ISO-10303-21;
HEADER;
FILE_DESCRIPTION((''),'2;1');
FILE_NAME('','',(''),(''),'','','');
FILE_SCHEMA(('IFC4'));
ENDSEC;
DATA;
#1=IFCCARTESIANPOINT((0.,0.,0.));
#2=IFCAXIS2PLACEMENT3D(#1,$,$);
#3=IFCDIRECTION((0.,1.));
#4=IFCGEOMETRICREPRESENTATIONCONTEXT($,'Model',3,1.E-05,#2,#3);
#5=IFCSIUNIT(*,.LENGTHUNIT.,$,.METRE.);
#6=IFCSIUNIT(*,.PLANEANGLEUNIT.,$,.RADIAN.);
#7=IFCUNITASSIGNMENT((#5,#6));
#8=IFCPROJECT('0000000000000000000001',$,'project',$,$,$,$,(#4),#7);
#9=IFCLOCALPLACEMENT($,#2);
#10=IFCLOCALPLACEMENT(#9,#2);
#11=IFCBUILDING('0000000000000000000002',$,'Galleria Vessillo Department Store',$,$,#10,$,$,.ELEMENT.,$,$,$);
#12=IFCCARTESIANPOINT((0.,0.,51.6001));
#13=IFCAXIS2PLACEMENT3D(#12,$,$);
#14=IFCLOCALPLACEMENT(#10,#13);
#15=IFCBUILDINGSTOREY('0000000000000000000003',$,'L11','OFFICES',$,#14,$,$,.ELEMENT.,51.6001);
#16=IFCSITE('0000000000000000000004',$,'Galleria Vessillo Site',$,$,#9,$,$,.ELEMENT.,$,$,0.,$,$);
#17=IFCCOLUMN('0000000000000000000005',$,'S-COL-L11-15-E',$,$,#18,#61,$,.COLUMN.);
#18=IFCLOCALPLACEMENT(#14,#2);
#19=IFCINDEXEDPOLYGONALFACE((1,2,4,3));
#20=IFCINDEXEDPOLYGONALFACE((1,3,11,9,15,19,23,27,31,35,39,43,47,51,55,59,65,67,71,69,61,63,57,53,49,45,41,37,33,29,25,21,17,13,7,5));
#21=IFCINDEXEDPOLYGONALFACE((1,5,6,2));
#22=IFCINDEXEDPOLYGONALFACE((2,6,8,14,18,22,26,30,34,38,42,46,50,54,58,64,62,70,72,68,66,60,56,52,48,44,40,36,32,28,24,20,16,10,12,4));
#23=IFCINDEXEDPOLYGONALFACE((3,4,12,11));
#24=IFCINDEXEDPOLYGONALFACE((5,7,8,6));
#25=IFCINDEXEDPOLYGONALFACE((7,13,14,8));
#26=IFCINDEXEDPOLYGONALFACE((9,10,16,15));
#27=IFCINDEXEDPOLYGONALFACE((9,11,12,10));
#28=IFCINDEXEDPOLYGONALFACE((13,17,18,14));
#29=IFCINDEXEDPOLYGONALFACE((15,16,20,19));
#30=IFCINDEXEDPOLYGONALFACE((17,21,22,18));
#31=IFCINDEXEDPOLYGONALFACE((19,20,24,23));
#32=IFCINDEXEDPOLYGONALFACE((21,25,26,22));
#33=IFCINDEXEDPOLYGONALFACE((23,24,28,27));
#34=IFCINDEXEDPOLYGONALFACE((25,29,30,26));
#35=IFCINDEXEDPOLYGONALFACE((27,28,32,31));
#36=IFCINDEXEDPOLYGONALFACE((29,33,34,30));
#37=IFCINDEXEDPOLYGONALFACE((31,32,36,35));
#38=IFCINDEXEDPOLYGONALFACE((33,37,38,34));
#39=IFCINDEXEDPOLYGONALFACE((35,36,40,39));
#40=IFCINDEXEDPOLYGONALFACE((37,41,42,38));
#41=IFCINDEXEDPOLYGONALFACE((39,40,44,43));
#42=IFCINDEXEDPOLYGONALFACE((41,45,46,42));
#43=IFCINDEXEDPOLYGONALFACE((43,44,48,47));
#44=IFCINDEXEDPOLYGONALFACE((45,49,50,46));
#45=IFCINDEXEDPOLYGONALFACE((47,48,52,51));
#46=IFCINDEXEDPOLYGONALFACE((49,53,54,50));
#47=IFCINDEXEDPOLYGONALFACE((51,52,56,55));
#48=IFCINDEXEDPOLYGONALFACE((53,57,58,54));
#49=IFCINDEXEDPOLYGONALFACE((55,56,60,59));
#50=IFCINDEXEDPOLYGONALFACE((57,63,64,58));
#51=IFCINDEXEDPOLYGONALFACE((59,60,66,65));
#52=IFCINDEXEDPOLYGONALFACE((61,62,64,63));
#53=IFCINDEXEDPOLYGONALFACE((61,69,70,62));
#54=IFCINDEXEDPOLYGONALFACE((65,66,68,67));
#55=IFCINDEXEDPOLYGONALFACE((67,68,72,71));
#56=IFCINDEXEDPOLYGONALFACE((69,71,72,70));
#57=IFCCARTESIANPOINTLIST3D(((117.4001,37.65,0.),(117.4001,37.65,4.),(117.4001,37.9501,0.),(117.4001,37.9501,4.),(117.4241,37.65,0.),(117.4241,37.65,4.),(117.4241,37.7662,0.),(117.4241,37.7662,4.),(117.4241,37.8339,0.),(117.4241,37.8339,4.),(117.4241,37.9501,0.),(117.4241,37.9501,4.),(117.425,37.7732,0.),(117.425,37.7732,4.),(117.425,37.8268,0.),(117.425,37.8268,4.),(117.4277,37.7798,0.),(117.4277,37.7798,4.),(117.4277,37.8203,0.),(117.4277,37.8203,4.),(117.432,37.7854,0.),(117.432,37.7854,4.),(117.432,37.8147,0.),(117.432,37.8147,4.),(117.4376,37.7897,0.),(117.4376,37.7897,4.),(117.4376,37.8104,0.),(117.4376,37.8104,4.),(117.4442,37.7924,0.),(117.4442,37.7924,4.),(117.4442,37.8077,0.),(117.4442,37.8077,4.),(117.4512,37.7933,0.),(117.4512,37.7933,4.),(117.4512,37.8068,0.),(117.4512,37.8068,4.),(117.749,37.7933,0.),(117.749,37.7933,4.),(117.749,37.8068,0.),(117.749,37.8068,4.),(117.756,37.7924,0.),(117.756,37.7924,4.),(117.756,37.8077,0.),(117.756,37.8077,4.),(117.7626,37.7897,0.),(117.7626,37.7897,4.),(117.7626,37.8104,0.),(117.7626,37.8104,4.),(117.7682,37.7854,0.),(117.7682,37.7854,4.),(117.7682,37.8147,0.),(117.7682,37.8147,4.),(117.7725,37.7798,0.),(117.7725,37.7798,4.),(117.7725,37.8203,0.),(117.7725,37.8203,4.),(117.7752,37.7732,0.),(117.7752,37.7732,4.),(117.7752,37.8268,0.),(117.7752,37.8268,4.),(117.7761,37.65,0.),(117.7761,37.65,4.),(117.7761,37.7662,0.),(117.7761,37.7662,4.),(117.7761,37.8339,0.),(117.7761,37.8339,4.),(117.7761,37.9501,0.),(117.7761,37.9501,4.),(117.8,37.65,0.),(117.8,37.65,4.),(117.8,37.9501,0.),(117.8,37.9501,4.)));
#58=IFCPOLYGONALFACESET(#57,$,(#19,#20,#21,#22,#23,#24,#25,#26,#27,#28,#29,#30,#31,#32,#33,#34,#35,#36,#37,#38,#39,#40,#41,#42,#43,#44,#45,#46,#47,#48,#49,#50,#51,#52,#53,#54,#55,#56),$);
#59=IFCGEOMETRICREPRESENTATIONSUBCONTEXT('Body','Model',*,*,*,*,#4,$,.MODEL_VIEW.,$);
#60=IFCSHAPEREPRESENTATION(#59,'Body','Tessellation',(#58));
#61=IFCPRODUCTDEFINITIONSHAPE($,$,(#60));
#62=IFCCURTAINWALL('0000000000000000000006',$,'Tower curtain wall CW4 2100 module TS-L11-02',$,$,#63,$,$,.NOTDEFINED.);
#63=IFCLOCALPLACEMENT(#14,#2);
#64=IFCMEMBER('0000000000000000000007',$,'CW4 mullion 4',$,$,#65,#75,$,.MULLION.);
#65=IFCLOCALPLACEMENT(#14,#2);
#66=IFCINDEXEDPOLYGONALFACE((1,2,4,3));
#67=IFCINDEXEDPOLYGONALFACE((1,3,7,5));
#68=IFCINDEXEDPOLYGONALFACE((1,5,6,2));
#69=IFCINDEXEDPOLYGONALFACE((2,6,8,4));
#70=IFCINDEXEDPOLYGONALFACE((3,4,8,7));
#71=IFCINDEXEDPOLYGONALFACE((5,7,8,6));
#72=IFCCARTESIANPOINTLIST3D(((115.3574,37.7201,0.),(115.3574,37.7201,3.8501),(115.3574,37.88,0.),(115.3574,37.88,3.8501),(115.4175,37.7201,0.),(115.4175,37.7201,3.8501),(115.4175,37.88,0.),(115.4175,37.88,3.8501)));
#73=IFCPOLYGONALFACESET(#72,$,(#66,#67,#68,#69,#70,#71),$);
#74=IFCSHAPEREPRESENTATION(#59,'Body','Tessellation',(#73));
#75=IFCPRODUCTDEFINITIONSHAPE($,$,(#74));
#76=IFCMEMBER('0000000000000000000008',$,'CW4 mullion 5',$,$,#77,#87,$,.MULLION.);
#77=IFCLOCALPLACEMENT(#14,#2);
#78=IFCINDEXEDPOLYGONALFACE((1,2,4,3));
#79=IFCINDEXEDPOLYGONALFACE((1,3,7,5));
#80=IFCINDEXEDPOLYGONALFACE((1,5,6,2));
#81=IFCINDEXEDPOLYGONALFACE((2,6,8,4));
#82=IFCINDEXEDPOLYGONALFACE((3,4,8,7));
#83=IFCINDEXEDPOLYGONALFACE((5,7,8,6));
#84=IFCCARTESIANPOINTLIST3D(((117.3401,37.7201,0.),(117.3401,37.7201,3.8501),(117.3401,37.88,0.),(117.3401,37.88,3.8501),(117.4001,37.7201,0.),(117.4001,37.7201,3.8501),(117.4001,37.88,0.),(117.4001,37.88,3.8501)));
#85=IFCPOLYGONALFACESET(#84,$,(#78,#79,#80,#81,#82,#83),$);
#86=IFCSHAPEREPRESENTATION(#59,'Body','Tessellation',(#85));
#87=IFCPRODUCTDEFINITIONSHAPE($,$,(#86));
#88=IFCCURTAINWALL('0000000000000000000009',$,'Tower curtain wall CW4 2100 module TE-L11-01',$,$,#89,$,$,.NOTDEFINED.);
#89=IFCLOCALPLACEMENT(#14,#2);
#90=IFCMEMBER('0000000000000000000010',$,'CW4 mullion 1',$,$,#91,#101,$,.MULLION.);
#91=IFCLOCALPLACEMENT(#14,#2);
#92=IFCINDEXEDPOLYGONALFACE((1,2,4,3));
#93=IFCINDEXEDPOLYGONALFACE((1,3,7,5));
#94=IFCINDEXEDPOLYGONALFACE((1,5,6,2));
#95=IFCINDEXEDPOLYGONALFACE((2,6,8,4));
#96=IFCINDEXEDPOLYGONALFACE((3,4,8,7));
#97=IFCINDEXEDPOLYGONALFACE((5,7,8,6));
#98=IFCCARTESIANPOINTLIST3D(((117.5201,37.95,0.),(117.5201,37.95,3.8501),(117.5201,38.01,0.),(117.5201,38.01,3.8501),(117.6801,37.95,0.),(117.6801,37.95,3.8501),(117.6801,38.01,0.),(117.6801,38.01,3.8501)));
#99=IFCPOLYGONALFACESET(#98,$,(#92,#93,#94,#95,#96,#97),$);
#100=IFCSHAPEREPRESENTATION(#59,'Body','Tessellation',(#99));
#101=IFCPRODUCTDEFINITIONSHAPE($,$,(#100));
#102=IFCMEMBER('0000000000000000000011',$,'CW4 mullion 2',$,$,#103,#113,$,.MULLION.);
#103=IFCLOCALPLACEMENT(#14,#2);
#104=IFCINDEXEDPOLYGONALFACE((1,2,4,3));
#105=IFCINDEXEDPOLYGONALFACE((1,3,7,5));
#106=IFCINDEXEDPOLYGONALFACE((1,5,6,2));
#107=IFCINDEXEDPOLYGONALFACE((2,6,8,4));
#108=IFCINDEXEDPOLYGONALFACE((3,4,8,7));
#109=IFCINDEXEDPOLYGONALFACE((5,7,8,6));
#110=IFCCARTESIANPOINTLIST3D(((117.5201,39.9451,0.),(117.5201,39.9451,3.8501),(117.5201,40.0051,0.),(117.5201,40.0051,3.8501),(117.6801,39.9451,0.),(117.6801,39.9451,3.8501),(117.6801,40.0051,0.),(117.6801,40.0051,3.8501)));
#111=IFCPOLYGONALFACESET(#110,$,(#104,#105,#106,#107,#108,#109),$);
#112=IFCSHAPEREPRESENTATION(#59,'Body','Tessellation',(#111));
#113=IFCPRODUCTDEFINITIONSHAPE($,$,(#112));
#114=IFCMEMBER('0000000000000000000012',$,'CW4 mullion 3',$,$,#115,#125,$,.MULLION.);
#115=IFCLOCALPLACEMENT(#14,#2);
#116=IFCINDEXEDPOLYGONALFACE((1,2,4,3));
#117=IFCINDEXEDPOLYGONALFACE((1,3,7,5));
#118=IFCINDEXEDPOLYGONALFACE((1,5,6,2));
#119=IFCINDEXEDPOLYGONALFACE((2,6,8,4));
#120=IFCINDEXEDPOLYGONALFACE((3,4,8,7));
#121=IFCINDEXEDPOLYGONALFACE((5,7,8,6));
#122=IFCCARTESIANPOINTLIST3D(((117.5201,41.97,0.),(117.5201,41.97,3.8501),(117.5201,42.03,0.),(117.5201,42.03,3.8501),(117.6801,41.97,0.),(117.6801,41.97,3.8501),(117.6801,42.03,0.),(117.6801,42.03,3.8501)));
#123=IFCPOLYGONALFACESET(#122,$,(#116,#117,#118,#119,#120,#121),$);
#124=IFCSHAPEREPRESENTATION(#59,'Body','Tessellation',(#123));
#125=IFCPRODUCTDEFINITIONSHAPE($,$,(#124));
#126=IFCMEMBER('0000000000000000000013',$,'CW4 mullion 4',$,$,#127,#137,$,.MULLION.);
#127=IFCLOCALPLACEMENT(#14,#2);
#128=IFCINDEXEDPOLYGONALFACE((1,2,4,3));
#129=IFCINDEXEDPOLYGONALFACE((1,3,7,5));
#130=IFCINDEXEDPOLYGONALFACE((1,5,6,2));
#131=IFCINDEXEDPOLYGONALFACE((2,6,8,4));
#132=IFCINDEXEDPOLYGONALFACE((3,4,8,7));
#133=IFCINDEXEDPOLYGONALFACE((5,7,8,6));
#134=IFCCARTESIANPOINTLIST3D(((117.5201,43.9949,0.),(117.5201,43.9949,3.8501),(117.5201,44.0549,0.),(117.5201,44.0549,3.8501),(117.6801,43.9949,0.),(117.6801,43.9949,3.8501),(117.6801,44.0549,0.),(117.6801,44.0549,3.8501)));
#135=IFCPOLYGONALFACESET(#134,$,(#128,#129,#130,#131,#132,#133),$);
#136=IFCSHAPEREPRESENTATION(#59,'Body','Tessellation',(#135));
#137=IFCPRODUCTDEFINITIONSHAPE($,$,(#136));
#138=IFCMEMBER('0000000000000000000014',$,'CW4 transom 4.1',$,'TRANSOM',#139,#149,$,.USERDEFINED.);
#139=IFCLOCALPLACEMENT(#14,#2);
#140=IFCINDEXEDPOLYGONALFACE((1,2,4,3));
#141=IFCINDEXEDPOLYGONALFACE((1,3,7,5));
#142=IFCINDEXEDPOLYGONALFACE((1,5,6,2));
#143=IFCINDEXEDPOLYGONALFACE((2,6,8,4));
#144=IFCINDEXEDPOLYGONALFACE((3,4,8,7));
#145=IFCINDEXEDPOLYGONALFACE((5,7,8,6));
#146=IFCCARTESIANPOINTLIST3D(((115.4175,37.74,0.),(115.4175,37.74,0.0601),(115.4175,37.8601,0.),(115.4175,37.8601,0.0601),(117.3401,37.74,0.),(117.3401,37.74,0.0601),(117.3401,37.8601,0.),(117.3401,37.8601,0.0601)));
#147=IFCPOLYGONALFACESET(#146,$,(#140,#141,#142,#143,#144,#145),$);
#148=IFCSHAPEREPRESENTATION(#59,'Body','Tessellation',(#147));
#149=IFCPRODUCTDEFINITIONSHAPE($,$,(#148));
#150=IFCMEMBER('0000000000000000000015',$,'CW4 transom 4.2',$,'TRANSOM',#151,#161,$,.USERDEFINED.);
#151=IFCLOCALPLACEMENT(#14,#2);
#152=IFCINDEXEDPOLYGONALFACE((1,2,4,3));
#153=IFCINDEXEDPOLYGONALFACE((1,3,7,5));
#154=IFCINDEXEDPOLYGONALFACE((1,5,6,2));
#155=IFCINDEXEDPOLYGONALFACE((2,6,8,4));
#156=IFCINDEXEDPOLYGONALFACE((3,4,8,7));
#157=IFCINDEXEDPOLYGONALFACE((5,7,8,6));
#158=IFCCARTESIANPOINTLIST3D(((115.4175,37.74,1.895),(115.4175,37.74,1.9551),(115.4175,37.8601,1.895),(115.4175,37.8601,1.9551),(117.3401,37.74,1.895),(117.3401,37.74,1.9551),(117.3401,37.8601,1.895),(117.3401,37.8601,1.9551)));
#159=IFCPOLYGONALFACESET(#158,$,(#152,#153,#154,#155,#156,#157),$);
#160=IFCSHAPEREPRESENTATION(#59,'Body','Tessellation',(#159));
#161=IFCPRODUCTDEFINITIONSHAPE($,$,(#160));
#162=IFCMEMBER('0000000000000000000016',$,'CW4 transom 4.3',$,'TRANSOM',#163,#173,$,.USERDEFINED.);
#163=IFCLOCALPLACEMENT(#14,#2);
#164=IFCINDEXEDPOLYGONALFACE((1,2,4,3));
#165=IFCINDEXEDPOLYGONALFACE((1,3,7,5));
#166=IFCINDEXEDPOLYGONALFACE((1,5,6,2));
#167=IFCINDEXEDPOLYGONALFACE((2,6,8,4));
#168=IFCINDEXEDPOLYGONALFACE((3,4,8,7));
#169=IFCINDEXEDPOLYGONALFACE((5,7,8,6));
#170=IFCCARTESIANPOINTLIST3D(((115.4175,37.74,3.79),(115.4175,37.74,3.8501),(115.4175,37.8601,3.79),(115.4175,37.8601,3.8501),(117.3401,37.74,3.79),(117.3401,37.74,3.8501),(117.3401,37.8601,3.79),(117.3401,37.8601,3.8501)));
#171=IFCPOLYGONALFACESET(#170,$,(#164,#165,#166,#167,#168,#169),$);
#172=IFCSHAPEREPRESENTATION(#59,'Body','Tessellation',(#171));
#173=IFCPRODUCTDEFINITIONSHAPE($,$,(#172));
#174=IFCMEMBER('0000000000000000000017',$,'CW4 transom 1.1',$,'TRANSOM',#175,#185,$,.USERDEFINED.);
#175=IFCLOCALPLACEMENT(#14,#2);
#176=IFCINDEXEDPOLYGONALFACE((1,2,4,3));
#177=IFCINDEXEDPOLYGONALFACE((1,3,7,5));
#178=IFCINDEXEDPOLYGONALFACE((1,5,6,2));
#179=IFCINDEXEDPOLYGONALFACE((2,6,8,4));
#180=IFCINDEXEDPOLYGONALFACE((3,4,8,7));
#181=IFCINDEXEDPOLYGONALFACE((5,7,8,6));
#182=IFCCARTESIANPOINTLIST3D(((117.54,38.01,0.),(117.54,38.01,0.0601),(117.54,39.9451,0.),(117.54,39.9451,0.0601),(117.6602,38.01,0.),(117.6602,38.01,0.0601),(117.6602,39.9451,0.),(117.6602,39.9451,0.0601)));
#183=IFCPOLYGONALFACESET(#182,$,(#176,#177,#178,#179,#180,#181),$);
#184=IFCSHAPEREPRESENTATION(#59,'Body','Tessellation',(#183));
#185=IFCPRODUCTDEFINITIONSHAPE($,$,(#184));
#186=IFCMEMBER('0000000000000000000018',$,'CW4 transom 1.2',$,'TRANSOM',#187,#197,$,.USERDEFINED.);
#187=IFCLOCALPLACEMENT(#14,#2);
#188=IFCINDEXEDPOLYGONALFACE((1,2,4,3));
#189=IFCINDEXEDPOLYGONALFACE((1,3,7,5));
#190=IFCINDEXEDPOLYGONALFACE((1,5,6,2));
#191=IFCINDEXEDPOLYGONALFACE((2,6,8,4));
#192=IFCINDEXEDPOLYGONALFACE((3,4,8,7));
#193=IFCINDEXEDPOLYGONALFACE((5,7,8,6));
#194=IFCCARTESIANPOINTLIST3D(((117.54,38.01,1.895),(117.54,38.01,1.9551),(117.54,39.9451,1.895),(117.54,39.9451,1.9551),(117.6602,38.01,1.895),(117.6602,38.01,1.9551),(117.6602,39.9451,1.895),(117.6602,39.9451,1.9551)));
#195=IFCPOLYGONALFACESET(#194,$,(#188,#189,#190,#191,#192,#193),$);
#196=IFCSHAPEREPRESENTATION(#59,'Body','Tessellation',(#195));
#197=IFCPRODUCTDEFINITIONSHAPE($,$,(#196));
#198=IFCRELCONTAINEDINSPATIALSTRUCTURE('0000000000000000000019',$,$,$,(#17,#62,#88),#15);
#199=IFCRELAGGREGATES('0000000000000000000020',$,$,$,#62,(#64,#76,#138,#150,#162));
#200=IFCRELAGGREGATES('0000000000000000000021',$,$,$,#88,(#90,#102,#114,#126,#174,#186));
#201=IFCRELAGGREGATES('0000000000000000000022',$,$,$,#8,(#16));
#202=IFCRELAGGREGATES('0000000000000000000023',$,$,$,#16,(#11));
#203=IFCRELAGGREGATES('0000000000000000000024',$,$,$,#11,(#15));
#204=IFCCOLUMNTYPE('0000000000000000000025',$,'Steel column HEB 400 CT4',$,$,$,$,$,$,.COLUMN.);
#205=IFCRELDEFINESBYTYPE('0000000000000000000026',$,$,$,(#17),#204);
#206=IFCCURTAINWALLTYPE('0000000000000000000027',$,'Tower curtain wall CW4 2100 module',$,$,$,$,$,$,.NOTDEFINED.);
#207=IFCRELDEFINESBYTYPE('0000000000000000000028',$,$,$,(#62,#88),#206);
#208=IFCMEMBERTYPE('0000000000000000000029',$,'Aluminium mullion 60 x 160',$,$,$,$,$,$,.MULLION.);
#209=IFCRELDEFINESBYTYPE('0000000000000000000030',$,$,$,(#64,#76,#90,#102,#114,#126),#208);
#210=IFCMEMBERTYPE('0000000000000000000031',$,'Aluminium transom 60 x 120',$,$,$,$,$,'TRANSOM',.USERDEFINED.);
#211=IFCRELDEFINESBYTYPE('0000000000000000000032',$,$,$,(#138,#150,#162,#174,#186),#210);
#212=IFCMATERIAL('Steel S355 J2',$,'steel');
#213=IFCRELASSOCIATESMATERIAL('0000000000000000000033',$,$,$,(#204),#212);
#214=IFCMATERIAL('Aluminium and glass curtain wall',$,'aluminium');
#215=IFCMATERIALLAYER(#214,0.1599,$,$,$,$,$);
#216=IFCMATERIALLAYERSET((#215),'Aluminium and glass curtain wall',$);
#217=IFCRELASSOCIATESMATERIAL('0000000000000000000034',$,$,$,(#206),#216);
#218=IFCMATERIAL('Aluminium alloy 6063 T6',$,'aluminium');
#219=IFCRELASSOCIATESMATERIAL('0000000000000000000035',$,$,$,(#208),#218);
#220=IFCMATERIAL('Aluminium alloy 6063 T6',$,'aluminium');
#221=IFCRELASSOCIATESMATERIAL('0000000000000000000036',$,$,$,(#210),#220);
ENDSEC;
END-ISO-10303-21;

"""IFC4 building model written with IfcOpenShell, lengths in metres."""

from ifc_helpers import new_model, si_unit, direction, frame, origin, origin_2d, place, context, subcontext, project, spatial, rectangle, i_section, extrude, material, layer, layer_set, material_profile, profile_set, type_object, element, aggregate, save


model = new_model("IFC4")

# Units and contexts
model_context = context("Model", 3, precision=1e-05, world=origin(), true_north=direction((0.0, 1.0)))
body_context = subcontext(model_context, "Body", "Model", "MODEL_VIEW")
ifc_project = project(units=[si_unit("LENGTHUNIT", "METRE"), si_unit("PLANEANGLEUNIT", "RADIAN")], contexts=[model_context])

# Site, building, storey
site_placement = place(None, origin())
site = spatial("IfcSite", under=ifc_project, at=site_placement, Name="Galleria Vessillo Site", CompositionType="ELEMENT", RefElevation=0.0)
building_placement = place(site_placement, origin())
building = spatial("IfcBuilding", under=site, at=building_placement, Name="Galleria Vessillo Department Store", CompositionType="ELEMENT")
storey_placement = place(building_placement, frame((0.0, 0.0, 51.6001)))
storey = spatial("IfcBuildingStorey", under=building, at=storey_placement, Name="L11", Description="OFFICES", CompositionType="ELEMENT", Elevation=51.6001)

# Column
ifc_material_1 = material(Name="Steel S355 J2", Category="steel")
ifc_material_profile_1 = material_profile(ifc_material_1, i_section(OverallWidth=0.3, OverallDepth=0.3999, WebThickness=0.0134, FlangeThickness=0.0239, FilletRadius=0.0271, at=origin_2d()), Name="HEB 400")
ifc_profile_set_1 = profile_set([ifc_material_profile_1], Name="Steel S355 J2")
column_type = type_object("IfcColumnType", Name="Steel column HEB 400 CT4", PredefinedType="COLUMN", material=ifc_profile_set_1)
column_placement = place(storey_placement, frame((117.6001, 37.8, 0.0), z_axis=(0.0, 0.0, 1.0), x_axis=(0.0, 1.0, 0.0)))
element("IfcColumn", 1, at=column_placement, inside=storey, type_object=column_type, Name="S-COL-L11-15-E", PredefinedType="COLUMN", context=body_context, shape_type="SweptSolid", body=[
    extrude(i_section(OverallWidth=0.3, OverallDepth=0.3999, WebThickness=0.0134, FlangeThickness=0.0239, FilletRadius=0.0271, at=origin_2d()), origin(), (0.0, 0.0, 1.0), 4.0),
])

# Curtain walls, members
ifc_material_2 = material(Name="Aluminium and glass curtain wall", Category="aluminium")
ifc_layer_1 = layer(ifc_material_2, 0.1599)
ifc_layer_set_1 = layer_set([ifc_layer_1], Name="Aluminium and glass curtain wall")
curtain_wall_type = type_object("IfcCurtainWallType", Name="Tower curtain wall CW4 2100 module", PredefinedType="NOTDEFINED", material=ifc_layer_set_1)
curtain_wall_1_placement = place(storey_placement, origin())
curtain_wall_1 = element("IfcCurtainWall", 2, at=curtain_wall_1_placement, inside=storey, type_object=curtain_wall_type, Name="Tower curtain wall CW4 2100 module TS-L11-02", PredefinedType="NOTDEFINED")
ifc_material_3 = material(Name="Aluminium alloy 6063 T6", Category="aluminium")
ifc_material_profile_2 = material_profile(ifc_material_3, rectangle(XDim=0.1599, YDim=0.0601, at=origin_2d()), Name="AL 60x160")
ifc_profile_set_2 = profile_set([ifc_material_profile_2], Name="Aluminium alloy 6063 T6")
member_type_1 = type_object("IfcMemberType", Name="Aluminium mullion 60 x 160", PredefinedType="MULLION", material=ifc_profile_set_2)
member_1_placement = place(storey_placement, frame((115.3875, 37.8, 0.0), z_axis=(0.0, 0.0, 1.0), x_axis=(0.0, 1.0, 0.0)))
member_1 = element("IfcMember", 3, at=member_1_placement, type_object=member_type_1, Name="CW4 mullion 4", PredefinedType="MULLION", context=body_context, shape_type="SweptSolid", body=[
    extrude(rectangle(XDim=0.1599, YDim=0.0601, at=origin_2d()), origin(), (0.0, 0.0, 1.0), 3.8501),
])
member_2_placement = place(storey_placement, frame((117.3701, 37.8, 0.0), z_axis=(0.0, 0.0, 1.0), x_axis=(0.0, 1.0, 0.0)))
member_2 = element("IfcMember", 4, at=member_2_placement, type_object=member_type_1, Name="CW4 mullion 5", PredefinedType="MULLION", context=body_context, shape_type="SweptSolid", body=[
    extrude(rectangle(XDim=0.1599, YDim=0.0601, at=origin_2d()), origin(), (0.0, 0.0, 1.0), 3.8501),
])
curtain_wall_2_placement = place(storey_placement, origin())
curtain_wall_2 = element("IfcCurtainWall", 5, at=curtain_wall_2_placement, inside=storey, type_object=curtain_wall_type, Name="Tower curtain wall CW4 2100 module TE-L11-01", PredefinedType="NOTDEFINED")
member_3_placement = place(storey_placement, frame((117.6001, 37.98, 0.0), z_axis=(0.0, 0.0, 1.0), x_axis=(-1.0, 0.0, 0.0)))
member_3 = element("IfcMember", 6, at=member_3_placement, type_object=member_type_1, Name="CW4 mullion 1", PredefinedType="MULLION", context=body_context, shape_type="SweptSolid", body=[
    extrude(rectangle(XDim=0.1599, YDim=0.0601, at=origin_2d()), origin(), (0.0, 0.0, 1.0), 3.8501),
])
member_4_placement = place(storey_placement, frame((117.6001, 39.9751, 0.0), z_axis=(0.0, 0.0, 1.0), x_axis=(-1.0, 0.0, 0.0)))
member_4 = element("IfcMember", 7, at=member_4_placement, type_object=member_type_1, Name="CW4 mullion 2", PredefinedType="MULLION", context=body_context, shape_type="SweptSolid", body=[
    extrude(rectangle(XDim=0.1599, YDim=0.0601, at=origin_2d()), origin(), (0.0, 0.0, 1.0), 3.8501),
])
member_5_placement = place(storey_placement, frame((117.6001, 42.0, 0.0), z_axis=(0.0, 0.0, 1.0), x_axis=(-1.0, 0.0, 0.0)))
member_5 = element("IfcMember", 8, at=member_5_placement, type_object=member_type_1, Name="CW4 mullion 3", PredefinedType="MULLION", context=body_context, shape_type="SweptSolid", body=[
    extrude(rectangle(XDim=0.1599, YDim=0.0601, at=origin_2d()), origin(), (0.0, 0.0, 1.0), 3.8501),
])
member_6_placement = place(storey_placement, frame((117.6001, 44.0249, 0.0), z_axis=(0.0, 0.0, 1.0), x_axis=(-1.0, 0.0, 0.0)))
member_6 = element("IfcMember", 9, at=member_6_placement, type_object=member_type_1, Name="CW4 mullion 4", PredefinedType="MULLION", context=body_context, shape_type="SweptSolid", body=[
    extrude(rectangle(XDim=0.1599, YDim=0.0601, at=origin_2d()), origin(), (0.0, 0.0, 1.0), 3.8501),
])

# Members
ifc_material_4 = material(Name="Aluminium alloy 6063 T6", Category="aluminium")
ifc_material_profile_3 = material_profile(ifc_material_4, rectangle(XDim=0.1201, YDim=0.0601, at=origin_2d()), Name="AL 60x120")
ifc_profile_set_3 = profile_set([ifc_material_profile_3], Name="Aluminium alloy 6063 T6")
member_type_2 = type_object("IfcMemberType", Name="Aluminium transom 60 x 120", ElementType="TRANSOM", PredefinedType="USERDEFINED", material=ifc_profile_set_3)
member_7_placement = place(storey_placement, frame((115.4175, 37.8, 0.03), z_axis=(1.0, 0.0, 0.0), x_axis=(0.0, 1.0, 0.0)))
member_7 = element("IfcMember", 10, at=member_7_placement, type_object=member_type_2, Name="CW4 transom 4.1", ObjectType="TRANSOM", PredefinedType="USERDEFINED", context=body_context, shape_type="SweptSolid", body=[
    extrude(rectangle(XDim=0.1201, YDim=0.0601, at=origin_2d()), origin(), (0.0, 0.0, 1.0), 1.9226),
])
member_8_placement = place(storey_placement, frame((115.4175, 37.8, 1.925), z_axis=(1.0, 0.0, 0.0), x_axis=(0.0, 1.0, 0.0)))
member_8 = element("IfcMember", 11, at=member_8_placement, type_object=member_type_2, Name="CW4 transom 4.2", ObjectType="TRANSOM", PredefinedType="USERDEFINED", context=body_context, shape_type="SweptSolid", body=[
    extrude(rectangle(XDim=0.1201, YDim=0.0601, at=origin_2d()), origin(), (0.0, 0.0, 1.0), 1.9226),
])
member_9_placement = place(storey_placement, frame((115.4175, 37.8, 3.8201), z_axis=(1.0, 0.0, 0.0), x_axis=(0.0, 1.0, 0.0)))
member_9 = element("IfcMember", 12, at=member_9_placement, type_object=member_type_2, Name="CW4 transom 4.3", ObjectType="TRANSOM", PredefinedType="USERDEFINED", context=body_context, shape_type="SweptSolid", body=[
    extrude(rectangle(XDim=0.1201, YDim=0.0601, at=origin_2d()), origin(), (0.0, 0.0, 1.0), 1.9226),
])
member_10_placement = place(storey_placement, frame((117.6001, 38.01, 0.03), z_axis=(0.0, 1.0, 0.0), x_axis=(-1.0, 0.0, 0.0)))
member_10 = element("IfcMember", 13, at=member_10_placement, type_object=member_type_2, Name="CW4 transom 1.1", ObjectType="TRANSOM", PredefinedType="USERDEFINED", context=body_context, shape_type="SweptSolid", body=[
    extrude(rectangle(XDim=0.1201, YDim=0.0601, at=origin_2d()), origin(), (0.0, 0.0, 1.0), 1.9351),
])
member_11_placement = place(storey_placement, frame((117.6001, 38.01, 1.925), z_axis=(0.0, 1.0, 0.0), x_axis=(-1.0, 0.0, 0.0)))
member_11 = element("IfcMember", 14, at=member_11_placement, type_object=member_type_2, Name="CW4 transom 1.2", ObjectType="TRANSOM", PredefinedType="USERDEFINED", context=body_context, shape_type="SweptSolid", body=[
    extrude(rectangle(XDim=0.1201, YDim=0.0601, at=origin_2d()), origin(), (0.0, 0.0, 1.0), 1.9351),
])

aggregate(curtain_wall_1, [member_1, member_2, member_7, member_8, member_9])
aggregate(curtain_wall_2, [member_3, member_4, member_5, member_6, member_10, member_11])

save(model, "model.ifc")
